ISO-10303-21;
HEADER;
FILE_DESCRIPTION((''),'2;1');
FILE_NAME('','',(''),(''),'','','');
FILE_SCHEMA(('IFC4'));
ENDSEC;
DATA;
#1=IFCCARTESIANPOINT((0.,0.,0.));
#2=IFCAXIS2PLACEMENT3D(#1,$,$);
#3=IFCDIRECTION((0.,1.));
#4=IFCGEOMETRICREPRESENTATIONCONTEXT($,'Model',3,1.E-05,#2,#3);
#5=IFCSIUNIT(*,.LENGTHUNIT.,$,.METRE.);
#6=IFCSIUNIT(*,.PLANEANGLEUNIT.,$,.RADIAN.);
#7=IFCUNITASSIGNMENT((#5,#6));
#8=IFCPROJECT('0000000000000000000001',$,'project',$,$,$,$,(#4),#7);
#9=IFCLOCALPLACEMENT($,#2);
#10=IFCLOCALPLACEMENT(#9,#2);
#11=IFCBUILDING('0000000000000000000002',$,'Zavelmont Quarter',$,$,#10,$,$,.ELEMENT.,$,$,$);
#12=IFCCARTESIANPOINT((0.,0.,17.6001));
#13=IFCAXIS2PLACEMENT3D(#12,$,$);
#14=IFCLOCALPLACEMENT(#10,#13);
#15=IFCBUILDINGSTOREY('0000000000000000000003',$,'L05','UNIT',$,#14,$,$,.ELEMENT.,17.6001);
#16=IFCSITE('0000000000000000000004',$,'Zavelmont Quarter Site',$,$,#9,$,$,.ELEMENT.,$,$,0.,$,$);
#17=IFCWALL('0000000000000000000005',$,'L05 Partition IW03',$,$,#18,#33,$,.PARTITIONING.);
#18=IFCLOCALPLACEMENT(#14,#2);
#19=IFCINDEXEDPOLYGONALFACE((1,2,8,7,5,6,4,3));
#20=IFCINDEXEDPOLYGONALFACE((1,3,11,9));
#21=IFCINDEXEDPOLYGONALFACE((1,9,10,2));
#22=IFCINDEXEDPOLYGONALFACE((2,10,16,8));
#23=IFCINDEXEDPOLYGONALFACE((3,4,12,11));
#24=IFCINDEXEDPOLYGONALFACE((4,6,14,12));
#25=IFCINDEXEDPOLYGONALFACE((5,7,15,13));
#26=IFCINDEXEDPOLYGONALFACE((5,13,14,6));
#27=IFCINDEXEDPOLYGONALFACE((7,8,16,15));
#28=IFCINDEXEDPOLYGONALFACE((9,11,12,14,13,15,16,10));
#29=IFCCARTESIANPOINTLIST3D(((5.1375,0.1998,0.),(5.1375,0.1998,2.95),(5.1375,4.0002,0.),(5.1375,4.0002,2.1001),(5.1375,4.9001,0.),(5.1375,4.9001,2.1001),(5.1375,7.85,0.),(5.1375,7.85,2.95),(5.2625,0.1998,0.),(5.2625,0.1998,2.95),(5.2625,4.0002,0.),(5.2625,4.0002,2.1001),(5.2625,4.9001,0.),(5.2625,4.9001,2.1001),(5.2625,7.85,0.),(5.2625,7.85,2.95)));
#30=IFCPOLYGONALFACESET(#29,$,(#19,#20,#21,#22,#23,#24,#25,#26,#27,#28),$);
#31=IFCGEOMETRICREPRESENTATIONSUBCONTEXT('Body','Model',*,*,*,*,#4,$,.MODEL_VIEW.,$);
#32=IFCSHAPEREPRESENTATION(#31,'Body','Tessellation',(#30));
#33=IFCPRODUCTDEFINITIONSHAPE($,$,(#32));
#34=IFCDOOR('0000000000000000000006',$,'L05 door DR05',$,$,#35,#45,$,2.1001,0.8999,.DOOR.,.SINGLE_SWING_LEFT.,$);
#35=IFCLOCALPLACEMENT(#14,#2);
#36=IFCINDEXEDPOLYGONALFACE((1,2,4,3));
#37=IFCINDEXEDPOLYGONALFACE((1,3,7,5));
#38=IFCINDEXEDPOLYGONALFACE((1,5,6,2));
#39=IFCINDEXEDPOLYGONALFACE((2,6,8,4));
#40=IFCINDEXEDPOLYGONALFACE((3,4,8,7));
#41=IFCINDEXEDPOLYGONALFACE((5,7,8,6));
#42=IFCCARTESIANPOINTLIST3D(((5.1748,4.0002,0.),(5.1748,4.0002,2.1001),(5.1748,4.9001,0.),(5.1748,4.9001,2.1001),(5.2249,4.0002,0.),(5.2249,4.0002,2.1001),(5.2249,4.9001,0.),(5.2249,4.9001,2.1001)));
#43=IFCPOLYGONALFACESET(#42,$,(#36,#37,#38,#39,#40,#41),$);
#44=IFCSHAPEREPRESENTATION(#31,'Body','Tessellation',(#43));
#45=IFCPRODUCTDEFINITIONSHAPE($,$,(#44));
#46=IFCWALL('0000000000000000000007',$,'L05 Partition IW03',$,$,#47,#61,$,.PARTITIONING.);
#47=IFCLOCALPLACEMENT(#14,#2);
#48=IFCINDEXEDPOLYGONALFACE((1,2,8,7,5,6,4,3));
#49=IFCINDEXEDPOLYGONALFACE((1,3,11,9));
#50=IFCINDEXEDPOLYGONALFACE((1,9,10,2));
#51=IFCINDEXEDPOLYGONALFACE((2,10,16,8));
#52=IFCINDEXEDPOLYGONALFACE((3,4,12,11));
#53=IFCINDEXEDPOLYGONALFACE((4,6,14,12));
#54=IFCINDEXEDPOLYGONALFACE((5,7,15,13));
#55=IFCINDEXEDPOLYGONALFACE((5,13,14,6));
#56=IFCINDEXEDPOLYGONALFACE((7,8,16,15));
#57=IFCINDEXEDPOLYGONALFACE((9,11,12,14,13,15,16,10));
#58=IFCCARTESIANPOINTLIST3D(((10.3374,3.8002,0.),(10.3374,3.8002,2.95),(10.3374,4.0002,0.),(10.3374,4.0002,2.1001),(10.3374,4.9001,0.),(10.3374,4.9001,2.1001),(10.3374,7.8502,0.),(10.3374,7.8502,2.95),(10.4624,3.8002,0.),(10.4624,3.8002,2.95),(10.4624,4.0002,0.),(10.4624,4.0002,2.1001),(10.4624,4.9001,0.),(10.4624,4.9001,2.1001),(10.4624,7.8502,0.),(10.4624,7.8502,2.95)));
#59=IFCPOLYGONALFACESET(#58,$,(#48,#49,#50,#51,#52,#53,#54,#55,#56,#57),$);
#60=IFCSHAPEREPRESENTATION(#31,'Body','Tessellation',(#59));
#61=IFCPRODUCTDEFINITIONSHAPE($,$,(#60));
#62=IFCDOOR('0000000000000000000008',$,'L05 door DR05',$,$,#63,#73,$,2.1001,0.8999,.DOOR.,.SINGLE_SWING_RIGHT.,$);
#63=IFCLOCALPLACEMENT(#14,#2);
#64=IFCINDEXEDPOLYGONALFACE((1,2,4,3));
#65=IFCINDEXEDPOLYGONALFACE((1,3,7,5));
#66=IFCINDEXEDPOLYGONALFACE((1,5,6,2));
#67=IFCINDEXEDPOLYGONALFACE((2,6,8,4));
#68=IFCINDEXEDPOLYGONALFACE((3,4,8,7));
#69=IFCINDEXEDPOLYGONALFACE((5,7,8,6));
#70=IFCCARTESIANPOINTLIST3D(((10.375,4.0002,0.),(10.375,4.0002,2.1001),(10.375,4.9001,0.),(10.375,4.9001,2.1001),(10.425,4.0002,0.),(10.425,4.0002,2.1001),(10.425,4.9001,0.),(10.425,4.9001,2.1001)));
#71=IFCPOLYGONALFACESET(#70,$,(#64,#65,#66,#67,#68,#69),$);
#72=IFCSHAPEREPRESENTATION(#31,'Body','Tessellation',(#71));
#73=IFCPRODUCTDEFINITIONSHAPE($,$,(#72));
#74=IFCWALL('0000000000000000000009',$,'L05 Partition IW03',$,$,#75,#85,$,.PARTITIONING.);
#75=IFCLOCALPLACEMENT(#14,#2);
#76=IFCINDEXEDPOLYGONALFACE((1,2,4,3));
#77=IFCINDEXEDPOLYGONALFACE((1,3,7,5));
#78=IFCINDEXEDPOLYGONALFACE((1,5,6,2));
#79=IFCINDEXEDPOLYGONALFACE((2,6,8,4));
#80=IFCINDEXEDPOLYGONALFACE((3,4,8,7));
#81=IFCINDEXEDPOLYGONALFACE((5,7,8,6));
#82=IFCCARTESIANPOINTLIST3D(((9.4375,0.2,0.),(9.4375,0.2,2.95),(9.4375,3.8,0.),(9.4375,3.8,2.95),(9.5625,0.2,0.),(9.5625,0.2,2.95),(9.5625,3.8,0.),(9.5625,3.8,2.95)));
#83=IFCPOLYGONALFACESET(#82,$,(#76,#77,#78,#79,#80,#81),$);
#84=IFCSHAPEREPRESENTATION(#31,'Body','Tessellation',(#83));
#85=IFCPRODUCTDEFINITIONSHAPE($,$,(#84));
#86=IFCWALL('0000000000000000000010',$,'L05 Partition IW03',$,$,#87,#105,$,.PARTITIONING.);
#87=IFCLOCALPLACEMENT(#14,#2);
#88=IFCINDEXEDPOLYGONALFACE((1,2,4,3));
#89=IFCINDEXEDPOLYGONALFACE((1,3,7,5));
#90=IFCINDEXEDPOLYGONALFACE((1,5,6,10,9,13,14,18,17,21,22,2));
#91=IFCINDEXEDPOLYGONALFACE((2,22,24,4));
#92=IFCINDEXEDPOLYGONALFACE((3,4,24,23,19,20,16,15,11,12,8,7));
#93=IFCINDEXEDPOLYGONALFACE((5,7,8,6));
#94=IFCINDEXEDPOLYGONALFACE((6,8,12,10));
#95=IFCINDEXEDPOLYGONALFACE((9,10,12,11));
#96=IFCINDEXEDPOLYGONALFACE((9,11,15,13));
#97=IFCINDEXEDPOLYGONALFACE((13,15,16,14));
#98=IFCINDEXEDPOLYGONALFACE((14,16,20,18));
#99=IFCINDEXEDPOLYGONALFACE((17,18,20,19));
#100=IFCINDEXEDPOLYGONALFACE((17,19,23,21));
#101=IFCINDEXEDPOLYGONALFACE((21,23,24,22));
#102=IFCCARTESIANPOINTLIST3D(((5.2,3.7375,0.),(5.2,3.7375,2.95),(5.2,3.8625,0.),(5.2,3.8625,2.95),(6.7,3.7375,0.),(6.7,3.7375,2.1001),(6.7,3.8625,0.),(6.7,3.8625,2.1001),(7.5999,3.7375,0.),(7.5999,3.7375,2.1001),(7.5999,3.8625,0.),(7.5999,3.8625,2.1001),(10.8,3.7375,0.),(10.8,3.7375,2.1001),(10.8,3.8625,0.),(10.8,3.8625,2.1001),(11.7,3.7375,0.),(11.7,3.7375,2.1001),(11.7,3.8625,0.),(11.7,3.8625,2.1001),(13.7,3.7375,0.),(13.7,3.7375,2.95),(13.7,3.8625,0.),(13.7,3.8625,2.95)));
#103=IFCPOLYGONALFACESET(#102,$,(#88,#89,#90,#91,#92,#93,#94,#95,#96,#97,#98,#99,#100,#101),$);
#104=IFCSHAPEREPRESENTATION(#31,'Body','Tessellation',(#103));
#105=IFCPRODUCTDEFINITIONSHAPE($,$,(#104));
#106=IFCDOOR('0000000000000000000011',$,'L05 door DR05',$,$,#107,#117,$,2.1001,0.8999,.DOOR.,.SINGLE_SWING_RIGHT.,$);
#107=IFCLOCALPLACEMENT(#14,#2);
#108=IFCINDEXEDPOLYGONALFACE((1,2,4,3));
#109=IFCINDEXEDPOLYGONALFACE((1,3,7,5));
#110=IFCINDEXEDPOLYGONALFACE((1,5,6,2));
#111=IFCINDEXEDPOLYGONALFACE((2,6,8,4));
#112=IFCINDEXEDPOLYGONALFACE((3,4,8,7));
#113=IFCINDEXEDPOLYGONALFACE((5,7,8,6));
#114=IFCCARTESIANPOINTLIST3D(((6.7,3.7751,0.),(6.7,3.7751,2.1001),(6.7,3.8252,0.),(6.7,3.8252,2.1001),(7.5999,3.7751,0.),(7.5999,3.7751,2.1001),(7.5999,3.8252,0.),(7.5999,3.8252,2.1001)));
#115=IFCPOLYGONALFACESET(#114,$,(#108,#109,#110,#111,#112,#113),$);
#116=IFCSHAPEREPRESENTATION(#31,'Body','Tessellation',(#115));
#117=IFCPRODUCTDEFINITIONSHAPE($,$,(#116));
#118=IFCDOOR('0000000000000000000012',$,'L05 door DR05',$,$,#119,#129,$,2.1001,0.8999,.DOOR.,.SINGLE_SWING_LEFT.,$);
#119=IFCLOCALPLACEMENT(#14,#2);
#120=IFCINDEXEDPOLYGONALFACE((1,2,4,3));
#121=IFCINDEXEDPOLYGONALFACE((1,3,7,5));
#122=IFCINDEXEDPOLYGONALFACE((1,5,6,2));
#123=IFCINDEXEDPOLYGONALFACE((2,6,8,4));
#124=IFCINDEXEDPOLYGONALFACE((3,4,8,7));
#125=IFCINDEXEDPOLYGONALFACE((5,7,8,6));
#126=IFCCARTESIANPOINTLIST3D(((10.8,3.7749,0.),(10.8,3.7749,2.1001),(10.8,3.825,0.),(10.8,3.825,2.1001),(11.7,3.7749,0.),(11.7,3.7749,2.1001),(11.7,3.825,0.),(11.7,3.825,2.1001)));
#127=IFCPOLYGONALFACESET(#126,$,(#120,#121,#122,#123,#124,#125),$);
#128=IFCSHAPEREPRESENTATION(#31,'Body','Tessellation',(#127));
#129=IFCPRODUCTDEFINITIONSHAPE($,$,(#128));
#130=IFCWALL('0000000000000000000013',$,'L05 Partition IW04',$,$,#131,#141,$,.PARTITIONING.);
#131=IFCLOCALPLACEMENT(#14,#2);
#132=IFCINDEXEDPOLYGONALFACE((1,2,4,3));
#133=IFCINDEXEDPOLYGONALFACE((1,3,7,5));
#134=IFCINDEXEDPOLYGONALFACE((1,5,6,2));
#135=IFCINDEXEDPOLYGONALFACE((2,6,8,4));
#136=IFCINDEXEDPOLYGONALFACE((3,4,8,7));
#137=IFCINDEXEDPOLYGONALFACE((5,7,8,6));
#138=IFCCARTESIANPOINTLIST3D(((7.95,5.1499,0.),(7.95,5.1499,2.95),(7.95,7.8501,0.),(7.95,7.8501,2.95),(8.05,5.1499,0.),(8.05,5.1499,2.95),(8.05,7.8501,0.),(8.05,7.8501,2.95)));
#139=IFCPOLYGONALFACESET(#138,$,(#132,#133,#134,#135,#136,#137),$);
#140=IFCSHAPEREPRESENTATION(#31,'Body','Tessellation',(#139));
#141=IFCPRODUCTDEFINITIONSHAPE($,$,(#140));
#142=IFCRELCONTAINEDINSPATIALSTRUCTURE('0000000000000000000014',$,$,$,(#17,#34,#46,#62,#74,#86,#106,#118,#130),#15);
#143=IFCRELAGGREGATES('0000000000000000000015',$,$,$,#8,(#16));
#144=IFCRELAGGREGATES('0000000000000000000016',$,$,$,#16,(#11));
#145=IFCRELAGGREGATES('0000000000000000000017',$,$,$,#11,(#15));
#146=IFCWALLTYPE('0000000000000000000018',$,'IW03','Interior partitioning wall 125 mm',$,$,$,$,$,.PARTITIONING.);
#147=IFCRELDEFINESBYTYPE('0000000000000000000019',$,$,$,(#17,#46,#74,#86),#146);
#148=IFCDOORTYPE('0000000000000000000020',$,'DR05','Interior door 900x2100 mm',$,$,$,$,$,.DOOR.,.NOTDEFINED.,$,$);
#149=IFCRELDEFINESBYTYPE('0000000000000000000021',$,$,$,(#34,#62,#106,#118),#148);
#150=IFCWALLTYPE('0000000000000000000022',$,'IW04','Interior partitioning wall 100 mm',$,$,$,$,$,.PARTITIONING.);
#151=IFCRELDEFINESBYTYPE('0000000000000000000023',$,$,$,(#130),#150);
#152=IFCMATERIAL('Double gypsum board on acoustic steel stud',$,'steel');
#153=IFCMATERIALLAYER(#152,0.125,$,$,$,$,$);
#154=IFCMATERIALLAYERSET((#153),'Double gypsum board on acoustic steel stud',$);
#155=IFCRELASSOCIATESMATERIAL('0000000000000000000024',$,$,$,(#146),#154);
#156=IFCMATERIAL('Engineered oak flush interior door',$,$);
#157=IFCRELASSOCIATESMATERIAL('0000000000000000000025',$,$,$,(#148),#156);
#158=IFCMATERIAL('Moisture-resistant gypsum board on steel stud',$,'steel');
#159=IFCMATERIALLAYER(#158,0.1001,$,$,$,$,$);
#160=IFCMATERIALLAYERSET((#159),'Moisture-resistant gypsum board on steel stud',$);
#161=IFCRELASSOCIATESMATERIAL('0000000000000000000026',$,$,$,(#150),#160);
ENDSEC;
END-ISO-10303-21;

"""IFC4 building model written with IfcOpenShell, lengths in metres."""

from ifc_helpers import new_model, si_unit, direction, frame, frame_2d, origin, origin_with_axes, place, context, subcontext, project, spatial, rectangle, extrude, material, layer, layer_set, type_object, element, fill, save


model = new_model("IFC4")

# Units and contexts
model_context = context("Model", 3, precision=1e-05, world=origin(), true_north=direction((0.0, 1.0)))
body_context = subcontext(model_context, "Body", "Model", "MODEL_VIEW")
ifc_project = project(units=[si_unit("LENGTHUNIT", "METRE"), si_unit("PLANEANGLEUNIT", "RADIAN")], contexts=[model_context])

# Site, building, storey
site_placement = place(None, origin())
site = spatial("IfcSite", under=ifc_project, at=site_placement, Name="Zavelmont Quarter Site", CompositionType="ELEMENT", RefElevation=0.0)
building_placement = place(site_placement, origin())
building = spatial("IfcBuilding", under=site, at=building_placement, Name="Zavelmont Quarter", CompositionType="ELEMENT")
storey_placement = place(building_placement, frame((0.0, 0.0, 17.6001)))
storey = spatial("IfcBuildingStorey", under=building, at=storey_placement, Name="L05", Description="UNIT", CompositionType="ELEMENT", Elevation=17.6001)

# Walls, openings, doors
ifc_material_1 = material(Name="Double gypsum board on acoustic steel stud", Category="steel")
ifc_layer_1 = layer(ifc_material_1, 0.125)
ifc_layer_set_1 = layer_set([ifc_layer_1], Name="Double gypsum board on acoustic steel stud")
wall_type_1 = type_object("IfcWallType", Name="IW03", Description="Interior partitioning wall 125 mm", PredefinedType="PARTITIONING", material=ifc_layer_set_1)
wall_1_placement = place(storey_placement, frame((5.2, 7.8501, 0.0), z_axis=(0.0, 0.0, 1.0), x_axis=(0.0, -1.0, 0.0)))
wall_1 = element("IfcWall", 1, at=wall_1_placement, inside=storey, type_object=wall_type_1, Name="L05 Partition IW03", PredefinedType="PARTITIONING", context=body_context, shape_type="SweptSolid", body=[
    extrude(rectangle(XDim=7.6501, YDim=0.125, at=frame_2d((3.8252, 0.0))), origin(), (0.0, 0.0, 1.0), 2.95),
])
opening_1_placement = place(wall_1_placement, frame((2.95, 0.0, 0.0)))
opening_1 = element("IfcOpeningElement", 2, at=opening_1_placement, cuts=wall_1, PredefinedType="OPENING", context=body_context, shape_type="SweptSolid", body=[
    extrude(rectangle(XDim=0.8999, YDim=2.1001, at=frame_2d((0.45, 1.05))), frame((0.0, 0.0745, 0.0), z_axis=(0.0, -1.0, 0.0), x_axis=(1.0, 0.0, 0.0)), (0.0, 0.0, 1.0), 0.1489),
])
ifc_material_2 = material(Name="Engineered oak flush interior door")
door_type_1 = type_object("IfcDoorType", Name="DR05", Description="Interior door 900x2100 mm", OperationType="NOTDEFINED", PredefinedType="DOOR", material=ifc_material_2)
door_1_placement = place(opening_1_placement, origin_with_axes())
door_1 = element("IfcDoor", 3, at=door_1_placement, inside=storey, type_object=door_type_1, Name="L05 door DR05", OperationType="SINGLE_SWING_LEFT", OverallHeight=2.1001, OverallWidth=0.8999, PredefinedType="DOOR", context=body_context, shape_type="SweptSolid", body=[
    extrude(rectangle(XDim=0.8999, YDim=2.1001, at=frame_2d((0.45, 1.05))), frame((0.0, 0.0249, 0.0), z_axis=(0.0, -1.0, 0.0), x_axis=(1.0, 0.0, 0.0)), (0.0, 0.0, 1.0), 0.05),
])
fill(opening_1, door_1)
wall_2_placement = place(storey_placement, frame((10.3999, 7.8501, 0.0), z_axis=(0.0, 0.0, 1.0), x_axis=(0.0, -1.0, 0.0)))
wall_2 = element("IfcWall", 4, at=wall_2_placement, inside=storey, type_object=wall_type_1, Name="L05 Partition IW03", PredefinedType="PARTITIONING", context=body_context, shape_type="SweptSolid", body=[
    extrude(rectangle(XDim=4.05, YDim=0.125, at=frame_2d((2.0249, 0.0))), origin(), (0.0, 0.0, 1.0), 2.95),
])
opening_2_placement = place(wall_2_placement, frame((2.95, 0.0, 0.0)))
opening_2 = element("IfcOpeningElement", 5, at=opening_2_placement, cuts=wall_2, PredefinedType="OPENING", context=body_context, shape_type="SweptSolid", body=[
    extrude(rectangle(XDim=0.8999, YDim=2.1001, at=frame_2d((0.45, 1.05))), frame((0.0, 0.0745, 0.0), z_axis=(0.0, -1.0, 0.0), x_axis=(1.0, 0.0, 0.0)), (0.0, 0.0, 1.0), 0.1489),
])
door_2_placement = place(opening_2_placement, frame((0.8999, 0.0, 0.0), z_axis=(0.0, 0.0, 1.0), x_axis=(-1.0, 0.0, 0.0)))
door_2 = element("IfcDoor", 6, at=door_2_placement, inside=storey, type_object=door_type_1, Name="L05 door DR05", OperationType="SINGLE_SWING_RIGHT", OverallHeight=2.1001, OverallWidth=0.8999, PredefinedType="DOOR", context=body_context, shape_type="SweptSolid", body=[
    extrude(rectangle(XDim=0.8999, YDim=2.1001, at=frame_2d((0.45, 1.05))), frame((0.0, 0.0249, 0.0), z_axis=(0.0, -1.0, 0.0), x_axis=(1.0, 0.0, 0.0)), (0.0, 0.0, 1.0), 0.05),
])
fill(opening_2, door_2)

# Wall
wall_3_placement = place(storey_placement, frame((9.5, 3.8, 0.0), z_axis=(0.0, 0.0, 1.0), x_axis=(0.0, -1.0, 0.0)))
element("IfcWall", 7, at=wall_3_placement, inside=storey, type_object=wall_type_1, Name="L05 Partition IW03", PredefinedType="PARTITIONING", context=body_context, shape_type="SweptSolid", body=[
    extrude(rectangle(XDim=3.6001, YDim=0.125, at=frame_2d((1.8, 0.0))), origin(), (0.0, 0.0, 1.0), 2.95),
])

# Wall, openings, doors
wall_4_placement = place(storey_placement, frame((5.2, 3.8, 0.0), z_axis=(0.0, 0.0, 1.0), x_axis=(1.0, 0.0, 0.0)))
wall_4 = element("IfcWall", 8, at=wall_4_placement, inside=storey, type_object=wall_type_1, Name="L05 Partition IW03", PredefinedType="PARTITIONING", context=body_context, shape_type="SweptSolid", body=[
    extrude(rectangle(XDim=8.5, YDim=0.125, at=frame_2d((4.25, 0.0))), origin(), (0.0, 0.0, 1.0), 2.95),
])
opening_3_placement = place(wall_4_placement, frame((1.5, 0.0, 0.0)))
opening_3 = element("IfcOpeningElement", 9, at=opening_3_placement, cuts=wall_4, PredefinedType="OPENING", context=body_context, shape_type="SweptSolid", body=[
    extrude(rectangle(XDim=0.8999, YDim=2.1001, at=frame_2d((0.45, 1.05))), frame((0.0, 0.0745, 0.0), z_axis=(0.0, -1.0, 0.0), x_axis=(1.0, 0.0, 0.0)), (0.0, 0.0, 1.0), 0.1489),
])
opening_4_placement = place(wall_4_placement, frame((5.6001, 0.0, 0.0)))
opening_4 = element("IfcOpeningElement", 10, at=opening_4_placement, cuts=wall_4, PredefinedType="OPENING", context=body_context, shape_type="SweptSolid", body=[
    extrude(rectangle(XDim=0.8999, YDim=2.1001, at=frame_2d((0.45, 1.05))), frame((0.0, 0.0745, 0.0), z_axis=(0.0, -1.0, 0.0), x_axis=(1.0, 0.0, 0.0)), (0.0, 0.0, 1.0), 0.1489),
])
door_3_placement = place(opening_3_placement, frame((0.8999, 0.0, 0.0), z_axis=(0.0, 0.0, 1.0), x_axis=(-1.0, 0.0, 0.0)))
door_3 = element("IfcDoor", 11, at=door_3_placement, inside=storey, type_object=door_type_1, Name="L05 door DR05", OperationType="SINGLE_SWING_RIGHT", OverallHeight=2.1001, OverallWidth=0.8999, PredefinedType="DOOR", context=body_context, shape_type="SweptSolid", body=[
    extrude(rectangle(XDim=0.8999, YDim=2.1001, at=frame_2d((0.45, 1.05))), frame((0.0, 0.0249, 0.0), z_axis=(0.0, -1.0, 0.0), x_axis=(1.0, 0.0, 0.0)), (0.0, 0.0, 1.0), 0.05),
])
fill(opening_3, door_3)
door_4_placement = place(opening_4_placement, origin_with_axes())
door_4 = element("IfcDoor", 12, at=door_4_placement, inside=storey, type_object=door_type_1, Name="L05 door DR05", OperationType="SINGLE_SWING_LEFT", OverallHeight=2.1001, OverallWidth=0.8999, PredefinedType="DOOR", context=body_context, shape_type="SweptSolid", body=[
    extrude(rectangle(XDim=0.8999, YDim=2.1001, at=frame_2d((0.45, 1.05))), frame((0.0, 0.0249, 0.0), z_axis=(0.0, -1.0, 0.0), x_axis=(1.0, 0.0, 0.0)), (0.0, 0.0, 1.0), 0.05),
])
fill(opening_4, door_4)

# Wall
ifc_material_3 = material(Name="Moisture-resistant gypsum board on steel stud", Category="steel")
ifc_layer_2 = layer(ifc_material_3, 0.1001)
ifc_layer_set_2 = layer_set([ifc_layer_2], Name="Moisture-resistant gypsum board on steel stud")
wall_type_2 = type_object("IfcWallType", Name="IW04", Description="Interior partitioning wall 100 mm", PredefinedType="PARTITIONING", material=ifc_layer_set_2)
wall_5_placement = place(storey_placement, frame((8.0, 7.8501, 0.0), z_axis=(0.0, 0.0, 1.0), x_axis=(0.0, -1.0, 0.0)))
element("IfcWall", 13, at=wall_5_placement, inside=storey, type_object=wall_type_2, Name="L05 Partition IW04", PredefinedType="PARTITIONING", context=body_context, shape_type="SweptSolid", body=[
    extrude(rectangle(XDim=2.7002, YDim=0.1001, at=frame_2d((1.3501, 0.0))), origin(), (0.0, 0.0, 1.0), 2.95),
])

save(model, "model.ifc")
